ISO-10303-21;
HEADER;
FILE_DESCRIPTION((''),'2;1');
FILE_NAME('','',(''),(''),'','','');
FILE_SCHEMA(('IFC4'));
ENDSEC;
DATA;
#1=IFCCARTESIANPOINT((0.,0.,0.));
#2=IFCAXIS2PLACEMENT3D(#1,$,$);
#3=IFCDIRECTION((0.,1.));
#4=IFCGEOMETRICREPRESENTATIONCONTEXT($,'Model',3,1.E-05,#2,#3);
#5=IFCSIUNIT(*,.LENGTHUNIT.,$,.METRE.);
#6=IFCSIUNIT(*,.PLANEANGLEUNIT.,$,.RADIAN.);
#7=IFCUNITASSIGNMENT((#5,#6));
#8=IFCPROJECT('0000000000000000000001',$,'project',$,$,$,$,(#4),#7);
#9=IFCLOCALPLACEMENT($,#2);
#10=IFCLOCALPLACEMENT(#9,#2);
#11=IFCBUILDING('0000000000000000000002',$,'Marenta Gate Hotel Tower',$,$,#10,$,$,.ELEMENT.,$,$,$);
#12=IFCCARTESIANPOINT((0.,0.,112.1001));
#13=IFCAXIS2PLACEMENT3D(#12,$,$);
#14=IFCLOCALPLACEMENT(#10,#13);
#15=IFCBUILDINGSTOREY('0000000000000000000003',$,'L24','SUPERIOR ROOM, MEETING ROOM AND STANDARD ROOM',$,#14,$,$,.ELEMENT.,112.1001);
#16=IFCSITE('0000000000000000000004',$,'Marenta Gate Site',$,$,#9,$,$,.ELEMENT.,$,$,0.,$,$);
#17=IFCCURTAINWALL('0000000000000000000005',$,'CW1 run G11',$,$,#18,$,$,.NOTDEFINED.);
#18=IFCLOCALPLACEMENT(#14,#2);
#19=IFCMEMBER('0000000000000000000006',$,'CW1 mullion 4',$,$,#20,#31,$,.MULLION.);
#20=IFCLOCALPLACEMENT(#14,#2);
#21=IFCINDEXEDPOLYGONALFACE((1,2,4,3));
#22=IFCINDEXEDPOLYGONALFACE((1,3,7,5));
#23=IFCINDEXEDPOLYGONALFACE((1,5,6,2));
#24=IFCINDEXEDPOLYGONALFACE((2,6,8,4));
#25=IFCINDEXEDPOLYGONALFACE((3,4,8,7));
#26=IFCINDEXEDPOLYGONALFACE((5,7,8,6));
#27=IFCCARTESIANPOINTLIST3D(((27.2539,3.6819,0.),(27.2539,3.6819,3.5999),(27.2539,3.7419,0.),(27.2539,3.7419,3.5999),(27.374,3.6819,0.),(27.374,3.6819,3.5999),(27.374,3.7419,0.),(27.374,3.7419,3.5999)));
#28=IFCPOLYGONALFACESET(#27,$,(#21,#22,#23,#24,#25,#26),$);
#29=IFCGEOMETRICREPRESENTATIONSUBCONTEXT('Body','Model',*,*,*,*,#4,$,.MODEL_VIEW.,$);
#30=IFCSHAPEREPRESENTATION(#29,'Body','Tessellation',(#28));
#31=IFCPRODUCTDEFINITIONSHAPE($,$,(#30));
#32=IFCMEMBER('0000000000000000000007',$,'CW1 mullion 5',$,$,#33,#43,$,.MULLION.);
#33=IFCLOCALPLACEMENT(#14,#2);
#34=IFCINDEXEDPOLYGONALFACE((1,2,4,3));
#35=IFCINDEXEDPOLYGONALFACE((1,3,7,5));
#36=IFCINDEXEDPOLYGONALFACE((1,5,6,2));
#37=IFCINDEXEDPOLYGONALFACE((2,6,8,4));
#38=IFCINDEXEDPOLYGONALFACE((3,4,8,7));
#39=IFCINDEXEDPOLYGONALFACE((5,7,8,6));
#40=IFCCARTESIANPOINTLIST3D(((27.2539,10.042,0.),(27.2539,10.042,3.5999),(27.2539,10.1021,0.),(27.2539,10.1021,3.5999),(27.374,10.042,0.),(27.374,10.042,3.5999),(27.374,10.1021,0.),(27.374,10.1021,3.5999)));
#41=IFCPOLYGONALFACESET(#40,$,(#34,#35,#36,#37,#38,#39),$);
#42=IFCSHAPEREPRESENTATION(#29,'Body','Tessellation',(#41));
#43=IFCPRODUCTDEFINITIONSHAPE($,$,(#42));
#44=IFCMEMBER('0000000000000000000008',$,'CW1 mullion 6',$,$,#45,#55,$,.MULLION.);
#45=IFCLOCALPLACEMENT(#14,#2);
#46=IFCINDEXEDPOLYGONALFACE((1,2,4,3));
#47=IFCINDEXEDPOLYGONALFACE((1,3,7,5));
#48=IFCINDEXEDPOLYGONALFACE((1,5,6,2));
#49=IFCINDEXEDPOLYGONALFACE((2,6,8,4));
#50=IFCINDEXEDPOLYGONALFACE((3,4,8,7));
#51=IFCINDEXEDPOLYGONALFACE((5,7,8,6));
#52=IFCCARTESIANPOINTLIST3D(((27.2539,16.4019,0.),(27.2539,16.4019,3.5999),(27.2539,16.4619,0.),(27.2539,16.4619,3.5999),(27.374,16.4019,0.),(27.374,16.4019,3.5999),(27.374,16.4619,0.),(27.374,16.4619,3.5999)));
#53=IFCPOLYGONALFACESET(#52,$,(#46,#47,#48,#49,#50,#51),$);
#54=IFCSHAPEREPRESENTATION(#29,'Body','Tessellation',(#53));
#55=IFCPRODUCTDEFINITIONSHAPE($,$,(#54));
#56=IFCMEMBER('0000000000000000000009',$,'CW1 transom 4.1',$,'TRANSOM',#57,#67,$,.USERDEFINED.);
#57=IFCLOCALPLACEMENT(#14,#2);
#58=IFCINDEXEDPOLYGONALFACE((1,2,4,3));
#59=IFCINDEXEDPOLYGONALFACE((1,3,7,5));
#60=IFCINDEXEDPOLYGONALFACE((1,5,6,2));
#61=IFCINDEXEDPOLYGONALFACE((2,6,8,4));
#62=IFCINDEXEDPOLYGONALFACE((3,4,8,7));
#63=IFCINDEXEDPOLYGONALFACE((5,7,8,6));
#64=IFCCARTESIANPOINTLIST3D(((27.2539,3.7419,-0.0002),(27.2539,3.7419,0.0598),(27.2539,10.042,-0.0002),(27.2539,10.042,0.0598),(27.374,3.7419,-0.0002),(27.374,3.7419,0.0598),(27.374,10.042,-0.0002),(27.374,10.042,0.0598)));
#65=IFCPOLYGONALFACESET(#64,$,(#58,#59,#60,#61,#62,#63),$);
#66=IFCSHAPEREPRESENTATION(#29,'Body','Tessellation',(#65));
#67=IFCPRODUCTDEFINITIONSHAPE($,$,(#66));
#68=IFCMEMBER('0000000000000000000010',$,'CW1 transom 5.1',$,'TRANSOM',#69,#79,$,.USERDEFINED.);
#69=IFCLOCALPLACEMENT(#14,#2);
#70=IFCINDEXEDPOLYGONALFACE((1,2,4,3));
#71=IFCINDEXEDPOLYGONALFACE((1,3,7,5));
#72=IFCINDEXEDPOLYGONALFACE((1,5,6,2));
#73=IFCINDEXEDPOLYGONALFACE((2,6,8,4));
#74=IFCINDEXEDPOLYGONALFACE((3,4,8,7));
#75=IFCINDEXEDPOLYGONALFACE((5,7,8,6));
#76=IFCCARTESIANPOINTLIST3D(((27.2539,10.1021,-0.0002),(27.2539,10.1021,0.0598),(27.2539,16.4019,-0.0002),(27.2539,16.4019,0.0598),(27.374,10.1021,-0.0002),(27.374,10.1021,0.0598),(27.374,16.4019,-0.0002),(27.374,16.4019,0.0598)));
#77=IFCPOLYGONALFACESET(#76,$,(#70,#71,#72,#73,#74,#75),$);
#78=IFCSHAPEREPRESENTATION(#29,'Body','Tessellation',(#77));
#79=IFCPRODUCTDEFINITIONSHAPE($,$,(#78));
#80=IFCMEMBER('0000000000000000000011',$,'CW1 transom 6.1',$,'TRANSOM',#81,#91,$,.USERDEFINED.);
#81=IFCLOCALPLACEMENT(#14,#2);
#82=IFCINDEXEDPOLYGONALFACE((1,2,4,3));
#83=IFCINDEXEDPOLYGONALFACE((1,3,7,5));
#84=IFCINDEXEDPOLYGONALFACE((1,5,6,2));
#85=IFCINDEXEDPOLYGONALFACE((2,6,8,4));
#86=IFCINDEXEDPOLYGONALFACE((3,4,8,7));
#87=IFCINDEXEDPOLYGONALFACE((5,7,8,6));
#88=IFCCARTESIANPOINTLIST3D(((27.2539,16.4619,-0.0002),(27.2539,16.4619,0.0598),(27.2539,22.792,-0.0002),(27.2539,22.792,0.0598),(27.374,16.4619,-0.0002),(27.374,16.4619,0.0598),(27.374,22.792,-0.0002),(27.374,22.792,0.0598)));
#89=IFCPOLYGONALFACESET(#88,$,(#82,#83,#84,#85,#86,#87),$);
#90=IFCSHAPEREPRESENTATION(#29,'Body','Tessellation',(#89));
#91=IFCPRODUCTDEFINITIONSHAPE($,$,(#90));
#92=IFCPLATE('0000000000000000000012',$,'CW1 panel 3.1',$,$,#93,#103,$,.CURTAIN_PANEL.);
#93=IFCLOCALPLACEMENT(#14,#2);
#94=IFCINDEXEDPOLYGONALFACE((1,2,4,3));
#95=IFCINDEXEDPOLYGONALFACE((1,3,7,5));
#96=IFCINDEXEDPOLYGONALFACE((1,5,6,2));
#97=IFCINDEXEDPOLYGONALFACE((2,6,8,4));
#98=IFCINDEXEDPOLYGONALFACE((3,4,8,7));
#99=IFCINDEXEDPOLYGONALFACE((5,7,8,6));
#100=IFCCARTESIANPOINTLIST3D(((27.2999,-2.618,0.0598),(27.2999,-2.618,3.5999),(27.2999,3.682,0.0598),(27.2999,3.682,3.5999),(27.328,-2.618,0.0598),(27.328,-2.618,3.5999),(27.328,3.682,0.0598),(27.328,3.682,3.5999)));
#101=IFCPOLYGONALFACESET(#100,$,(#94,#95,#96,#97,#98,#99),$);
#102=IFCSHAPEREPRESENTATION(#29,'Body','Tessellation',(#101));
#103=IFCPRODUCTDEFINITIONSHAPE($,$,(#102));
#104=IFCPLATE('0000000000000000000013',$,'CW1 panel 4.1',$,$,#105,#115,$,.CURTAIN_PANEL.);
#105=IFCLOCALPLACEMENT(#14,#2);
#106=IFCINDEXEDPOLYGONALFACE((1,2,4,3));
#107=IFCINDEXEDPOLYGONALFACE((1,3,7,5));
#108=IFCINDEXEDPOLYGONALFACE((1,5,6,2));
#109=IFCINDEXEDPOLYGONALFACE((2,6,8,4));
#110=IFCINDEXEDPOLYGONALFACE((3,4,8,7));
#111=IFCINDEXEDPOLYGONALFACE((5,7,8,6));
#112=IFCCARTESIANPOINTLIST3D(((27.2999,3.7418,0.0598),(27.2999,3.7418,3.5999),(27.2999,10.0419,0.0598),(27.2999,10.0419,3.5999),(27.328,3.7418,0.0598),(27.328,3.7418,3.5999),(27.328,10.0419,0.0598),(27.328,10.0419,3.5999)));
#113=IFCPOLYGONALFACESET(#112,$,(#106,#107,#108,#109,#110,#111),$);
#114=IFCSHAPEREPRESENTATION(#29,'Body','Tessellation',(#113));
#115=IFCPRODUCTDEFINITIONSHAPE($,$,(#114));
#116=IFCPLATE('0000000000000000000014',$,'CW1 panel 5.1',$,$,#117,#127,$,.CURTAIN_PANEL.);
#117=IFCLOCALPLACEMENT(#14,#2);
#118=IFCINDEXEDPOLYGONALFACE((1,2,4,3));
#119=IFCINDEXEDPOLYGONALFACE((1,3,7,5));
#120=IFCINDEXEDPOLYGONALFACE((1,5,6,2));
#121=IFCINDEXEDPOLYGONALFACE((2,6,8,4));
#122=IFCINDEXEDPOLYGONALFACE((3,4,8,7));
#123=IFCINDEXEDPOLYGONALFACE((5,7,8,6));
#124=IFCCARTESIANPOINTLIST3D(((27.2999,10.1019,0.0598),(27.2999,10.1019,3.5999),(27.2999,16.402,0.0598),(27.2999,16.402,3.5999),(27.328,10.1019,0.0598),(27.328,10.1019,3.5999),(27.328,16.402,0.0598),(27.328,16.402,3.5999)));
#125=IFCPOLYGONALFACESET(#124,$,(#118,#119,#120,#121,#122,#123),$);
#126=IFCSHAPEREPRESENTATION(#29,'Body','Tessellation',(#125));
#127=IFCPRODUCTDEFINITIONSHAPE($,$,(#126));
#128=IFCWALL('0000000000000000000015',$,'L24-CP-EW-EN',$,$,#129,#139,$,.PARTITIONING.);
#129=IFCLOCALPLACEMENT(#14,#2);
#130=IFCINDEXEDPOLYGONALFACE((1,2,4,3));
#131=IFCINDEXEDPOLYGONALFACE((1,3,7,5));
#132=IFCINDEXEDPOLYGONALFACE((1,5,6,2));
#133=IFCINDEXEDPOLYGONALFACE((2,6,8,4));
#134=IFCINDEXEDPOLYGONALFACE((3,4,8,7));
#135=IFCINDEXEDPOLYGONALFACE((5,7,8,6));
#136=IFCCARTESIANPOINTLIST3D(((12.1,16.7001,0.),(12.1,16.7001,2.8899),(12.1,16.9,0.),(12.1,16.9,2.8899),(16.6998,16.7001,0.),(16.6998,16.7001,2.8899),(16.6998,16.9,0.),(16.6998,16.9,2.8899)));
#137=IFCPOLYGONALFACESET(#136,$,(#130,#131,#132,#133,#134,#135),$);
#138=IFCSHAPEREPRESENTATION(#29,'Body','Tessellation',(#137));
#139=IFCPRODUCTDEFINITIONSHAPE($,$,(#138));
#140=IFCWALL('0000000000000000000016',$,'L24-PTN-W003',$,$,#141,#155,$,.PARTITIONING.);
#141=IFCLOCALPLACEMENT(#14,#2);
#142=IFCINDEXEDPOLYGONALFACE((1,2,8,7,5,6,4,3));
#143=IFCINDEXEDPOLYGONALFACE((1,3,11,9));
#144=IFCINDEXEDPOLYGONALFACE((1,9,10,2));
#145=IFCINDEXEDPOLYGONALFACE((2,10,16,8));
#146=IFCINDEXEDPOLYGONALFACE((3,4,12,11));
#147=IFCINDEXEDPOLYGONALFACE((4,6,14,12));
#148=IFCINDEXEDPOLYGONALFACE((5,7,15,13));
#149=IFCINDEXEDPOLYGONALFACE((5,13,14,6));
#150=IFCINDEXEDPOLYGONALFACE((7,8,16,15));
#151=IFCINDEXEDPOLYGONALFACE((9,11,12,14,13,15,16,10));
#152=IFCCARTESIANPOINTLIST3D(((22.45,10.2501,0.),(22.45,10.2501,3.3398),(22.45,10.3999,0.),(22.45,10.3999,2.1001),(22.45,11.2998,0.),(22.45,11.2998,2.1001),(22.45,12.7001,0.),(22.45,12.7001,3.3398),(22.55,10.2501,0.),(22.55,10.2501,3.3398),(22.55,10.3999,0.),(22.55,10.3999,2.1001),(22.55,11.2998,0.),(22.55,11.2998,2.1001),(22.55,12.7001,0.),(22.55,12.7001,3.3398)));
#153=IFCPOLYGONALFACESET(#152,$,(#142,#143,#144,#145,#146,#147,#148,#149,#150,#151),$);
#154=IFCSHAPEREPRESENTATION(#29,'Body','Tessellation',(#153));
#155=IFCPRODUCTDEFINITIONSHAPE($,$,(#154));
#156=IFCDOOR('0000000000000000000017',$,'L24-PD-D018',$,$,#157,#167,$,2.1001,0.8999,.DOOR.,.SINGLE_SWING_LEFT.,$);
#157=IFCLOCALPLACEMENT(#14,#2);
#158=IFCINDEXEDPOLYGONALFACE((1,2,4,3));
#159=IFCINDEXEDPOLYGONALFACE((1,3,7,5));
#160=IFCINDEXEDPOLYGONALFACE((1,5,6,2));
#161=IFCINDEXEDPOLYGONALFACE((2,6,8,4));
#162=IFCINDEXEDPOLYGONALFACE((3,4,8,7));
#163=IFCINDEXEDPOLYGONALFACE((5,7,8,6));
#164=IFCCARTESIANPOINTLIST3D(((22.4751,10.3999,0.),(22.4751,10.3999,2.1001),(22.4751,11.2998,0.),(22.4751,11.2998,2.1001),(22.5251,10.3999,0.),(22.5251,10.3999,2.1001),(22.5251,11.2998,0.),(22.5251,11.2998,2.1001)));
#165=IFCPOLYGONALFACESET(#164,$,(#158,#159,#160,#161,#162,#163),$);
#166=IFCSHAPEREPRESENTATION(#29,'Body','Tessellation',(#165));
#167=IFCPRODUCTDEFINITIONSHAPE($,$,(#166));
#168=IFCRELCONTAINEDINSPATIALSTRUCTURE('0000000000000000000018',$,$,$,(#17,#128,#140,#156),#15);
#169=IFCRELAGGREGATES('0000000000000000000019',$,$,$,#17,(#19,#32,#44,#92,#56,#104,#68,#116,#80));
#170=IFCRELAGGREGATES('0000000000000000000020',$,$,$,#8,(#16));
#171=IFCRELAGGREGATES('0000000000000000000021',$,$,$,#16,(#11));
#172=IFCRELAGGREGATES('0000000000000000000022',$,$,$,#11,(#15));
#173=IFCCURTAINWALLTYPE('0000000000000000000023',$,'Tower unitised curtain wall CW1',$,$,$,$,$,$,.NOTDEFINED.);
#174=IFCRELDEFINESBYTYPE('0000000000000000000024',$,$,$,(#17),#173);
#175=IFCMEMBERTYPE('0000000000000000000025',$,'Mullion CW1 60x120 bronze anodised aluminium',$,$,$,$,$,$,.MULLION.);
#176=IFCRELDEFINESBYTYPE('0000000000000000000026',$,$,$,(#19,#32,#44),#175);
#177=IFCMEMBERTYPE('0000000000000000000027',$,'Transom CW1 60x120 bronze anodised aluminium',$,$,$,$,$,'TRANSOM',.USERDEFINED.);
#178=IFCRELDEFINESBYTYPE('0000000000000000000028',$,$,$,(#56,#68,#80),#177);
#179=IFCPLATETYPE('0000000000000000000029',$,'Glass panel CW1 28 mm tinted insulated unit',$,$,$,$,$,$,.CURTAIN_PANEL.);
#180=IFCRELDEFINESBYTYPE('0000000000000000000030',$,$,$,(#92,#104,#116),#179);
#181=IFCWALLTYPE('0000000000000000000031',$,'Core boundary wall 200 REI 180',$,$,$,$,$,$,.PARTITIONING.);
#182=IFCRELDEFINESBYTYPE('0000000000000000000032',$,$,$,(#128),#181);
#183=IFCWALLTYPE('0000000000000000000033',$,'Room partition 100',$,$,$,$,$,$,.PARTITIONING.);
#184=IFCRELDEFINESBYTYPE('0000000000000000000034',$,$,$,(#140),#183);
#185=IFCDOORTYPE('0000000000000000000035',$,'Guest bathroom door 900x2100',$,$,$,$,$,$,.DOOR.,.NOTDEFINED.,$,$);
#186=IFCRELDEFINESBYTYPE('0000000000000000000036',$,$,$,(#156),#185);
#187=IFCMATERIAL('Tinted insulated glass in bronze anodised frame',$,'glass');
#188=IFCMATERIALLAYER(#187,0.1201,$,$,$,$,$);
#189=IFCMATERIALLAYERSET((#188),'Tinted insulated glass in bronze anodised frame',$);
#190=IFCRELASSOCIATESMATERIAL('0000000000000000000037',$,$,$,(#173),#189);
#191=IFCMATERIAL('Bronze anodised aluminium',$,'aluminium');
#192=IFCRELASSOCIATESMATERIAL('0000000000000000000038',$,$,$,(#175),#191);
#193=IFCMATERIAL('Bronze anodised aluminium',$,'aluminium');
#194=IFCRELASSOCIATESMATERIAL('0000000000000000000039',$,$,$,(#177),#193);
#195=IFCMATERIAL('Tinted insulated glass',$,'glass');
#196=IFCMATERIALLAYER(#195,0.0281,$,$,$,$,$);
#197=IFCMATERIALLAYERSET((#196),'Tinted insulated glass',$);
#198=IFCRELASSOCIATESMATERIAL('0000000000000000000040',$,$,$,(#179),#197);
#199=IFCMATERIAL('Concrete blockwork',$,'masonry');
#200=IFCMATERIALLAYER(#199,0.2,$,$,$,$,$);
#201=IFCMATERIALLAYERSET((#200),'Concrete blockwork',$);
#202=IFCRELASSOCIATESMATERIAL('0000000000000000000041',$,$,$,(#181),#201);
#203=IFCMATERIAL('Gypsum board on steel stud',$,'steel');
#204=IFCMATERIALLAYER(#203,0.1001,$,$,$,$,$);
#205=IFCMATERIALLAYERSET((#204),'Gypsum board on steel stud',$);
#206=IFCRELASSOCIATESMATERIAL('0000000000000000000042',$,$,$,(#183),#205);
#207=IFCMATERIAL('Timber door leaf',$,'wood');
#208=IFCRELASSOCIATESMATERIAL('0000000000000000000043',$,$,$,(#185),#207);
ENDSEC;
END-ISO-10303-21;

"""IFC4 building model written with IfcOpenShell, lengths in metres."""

from ifc_helpers import new_model, si_unit, direction, frame, frame_2d, origin, origin_2d, place, context, subcontext, project, spatial, rectangle, extrude, material, layer, layer_set, material_profile, profile_set, type_object, element, fill, aggregate, save


model = new_model("IFC4")

# Units and contexts
model_context = context("Model", 3, precision=1e-05, world=origin(), true_north=direction((0.0, 1.0)))
body_context = subcontext(model_context, "Body", "Model", "MODEL_VIEW")
ifc_project = project(units=[si_unit("LENGTHUNIT", "METRE"), si_unit("PLANEANGLEUNIT", "RADIAN")], contexts=[model_context])

# Site, building, storey
site_placement = place(None, origin())
site = spatial("IfcSite", under=ifc_project, at=site_placement, Name="Marenta Gate Site", CompositionType="ELEMENT", RefElevation=0.0)
building_placement = place(site_placement, origin())
building = spatial("IfcBuilding", under=site, at=building_placement, Name="Marenta Gate Hotel Tower", CompositionType="ELEMENT")
storey_placement = place(building_placement, frame((0.0, 0.0, 112.1001)))
storey = spatial("IfcBuildingStorey", under=building, at=storey_placement, Name="L24", Description="SUPERIOR ROOM, MEETING ROOM AND STANDARD ROOM", CompositionType="ELEMENT", Elevation=112.1001)

# Curtain wall, members, plates
ifc_material_1 = material(Name="Tinted insulated glass in bronze anodised frame", Category="glass")
ifc_layer_1 = layer(ifc_material_1, 0.1201)
ifc_layer_set_1 = layer_set([ifc_layer_1], Name="Tinted insulated glass in bronze anodised frame")
curtain_wall_type = type_object("IfcCurtainWallType", Name="Tower unitised curtain wall CW1", PredefinedType="NOTDEFINED", material=ifc_layer_set_1)
curtain_wall_placement = place(storey_placement, origin())
curtain_wall = element("IfcCurtainWall", 1, at=curtain_wall_placement, inside=storey, type_object=curtain_wall_type, Name="CW1 run G11", PredefinedType="NOTDEFINED")
ifc_material_2 = material(Name="Bronze anodised aluminium", Category="aluminium")
ifc_material_profile_1 = material_profile(ifc_material_2, rectangle(XDim=0.1201, YDim=0.0601, at=origin_2d()), Name="Mullion CW1 60x120 bronze anodised aluminium")
ifc_profile_set_1 = profile_set([ifc_material_profile_1], Name="Bronze anodised aluminium")
member_type_1 = type_object("IfcMemberType", Name="Mullion CW1 60x120 bronze anodised aluminium", PredefinedType="MULLION", material=ifc_profile_set_1)
member_1_placement = place(storey_placement, frame((27.314, 3.7119, 0.0), z_axis=(0.0, 0.0, 1.0), x_axis=(-1.0, 0.0, 0.0)))
member_1 = element("IfcMember", 2, at=member_1_placement, type_object=member_type_1, Name="CW1 mullion 4", PredefinedType="MULLION", context=body_context, shape_type="SweptSolid", body=[
    extrude(rectangle(XDim=0.1201, YDim=0.0601, at=origin_2d()), origin(), (0.0, 0.0, 1.0), 3.5999),
])
member_2_placement = place(storey_placement, frame((27.314, 10.072, 0.0), z_axis=(0.0, 0.0, 1.0), x_axis=(-1.0, 0.0, 0.0)))
member_2 = element("IfcMember", 3, at=member_2_placement, type_object=member_type_1, Name="CW1 mullion 5", PredefinedType="MULLION", context=body_context, shape_type="SweptSolid", body=[
    extrude(rectangle(XDim=0.1201, YDim=0.0601, at=origin_2d()), origin(), (0.0, 0.0, 1.0), 3.5999),
])
member_3_placement = place(storey_placement, frame((27.314, 16.4319, 0.0), z_axis=(0.0, 0.0, 1.0), x_axis=(-1.0, 0.0, 0.0)))
member_3 = element("IfcMember", 4, at=member_3_placement, type_object=member_type_1, Name="CW1 mullion 6", PredefinedType="MULLION", context=body_context, shape_type="SweptSolid", body=[
    extrude(rectangle(XDim=0.1201, YDim=0.0601, at=origin_2d()), origin(), (0.0, 0.0, 1.0), 3.5999),
])
ifc_material_3 = material(Name="Bronze anodised aluminium", Category="aluminium")
ifc_material_profile_2 = material_profile(ifc_material_3, rectangle(XDim=0.1201, YDim=0.0601, at=origin_2d()), Name="Transom CW1 60x120 bronze anodised aluminium")
ifc_profile_set_2 = profile_set([ifc_material_profile_2], Name="Bronze anodised aluminium")
member_type_2 = type_object("IfcMemberType", Name="Transom CW1 60x120 bronze anodised aluminium", ElementType="TRANSOM", PredefinedType="USERDEFINED", material=ifc_profile_set_2)
member_4_placement = place(storey_placement, frame((27.314, 3.7419, 0.0298), z_axis=(0.0, 1.0, 0.0), x_axis=(-1.0, 0.0, 0.0)))
member_4 = element("IfcMember", 5, at=member_4_placement, type_object=member_type_2, Name="CW1 transom 4.1", ObjectType="TRANSOM", PredefinedType="USERDEFINED", context=body_context, shape_type="SweptSolid", body=[
    extrude(rectangle(XDim=0.1201, YDim=0.0601, at=origin_2d()), origin(), (0.0, 0.0, 1.0), 6.3),
])
member_5_placement = place(storey_placement, frame((27.314, 10.1021, 0.0298), z_axis=(0.0, 1.0, 0.0), x_axis=(-1.0, 0.0, 0.0)))
member_5 = element("IfcMember", 6, at=member_5_placement, type_object=member_type_2, Name="CW1 transom 5.1", ObjectType="TRANSOM", PredefinedType="USERDEFINED", context=body_context, shape_type="SweptSolid", body=[
    extrude(rectangle(XDim=0.1201, YDim=0.0601, at=origin_2d()), origin(), (0.0, 0.0, 1.0), 6.2998),
])
member_6_placement = place(storey_placement, frame((27.314, 16.4619, 0.0298), z_axis=(0.0, 1.0, 0.0), x_axis=(-1.0, 0.0, 0.0)))
member_6 = element("IfcMember", 7, at=member_6_placement, type_object=member_type_2, Name="CW1 transom 6.1", ObjectType="TRANSOM", PredefinedType="USERDEFINED", context=body_context, shape_type="SweptSolid", body=[
    extrude(rectangle(XDim=0.1201, YDim=0.0601, at=origin_2d()), origin(), (0.0, 0.0, 1.0), 6.3301),
])
ifc_material_4 = material(Name="Tinted insulated glass", Category="glass")
ifc_layer_2 = layer(ifc_material_4, 0.0281)
ifc_layer_set_2 = layer_set([ifc_layer_2], Name="Tinted insulated glass")
plate_type = type_object("IfcPlateType", Name="Glass panel CW1 28 mm tinted insulated unit", PredefinedType="CURTAIN_PANEL", material=ifc_layer_set_2)
plate_1_placement = place(storey_placement, frame((27.314, 0.532, 0.0598), z_axis=(0.0, 0.0, 1.0), x_axis=(0.0, 1.0, 0.0)))
plate_1 = element("IfcPlate", 8, at=plate_1_placement, type_object=plate_type, Name="CW1 panel 3.1", PredefinedType="CURTAIN_PANEL", context=body_context, shape_type="SweptSolid", body=[
    extrude(rectangle(XDim=6.3, YDim=0.0281, at=origin_2d()), origin(), (0.0, 0.0, 1.0), 3.54),
])
plate_2_placement = place(storey_placement, frame((27.314, 6.8918, 0.0598), z_axis=(0.0, 0.0, 1.0), x_axis=(0.0, 1.0, 0.0)))
plate_2 = element("IfcPlate", 9, at=plate_2_placement, type_object=plate_type, Name="CW1 panel 4.1", PredefinedType="CURTAIN_PANEL", context=body_context, shape_type="SweptSolid", body=[
    extrude(rectangle(XDim=6.3, YDim=0.0281, at=origin_2d()), origin(), (0.0, 0.0, 1.0), 3.54),
])
plate_3_placement = place(storey_placement, frame((27.314, 13.252, 0.0598), z_axis=(0.0, 0.0, 1.0), x_axis=(0.0, 1.0, 0.0)))
plate_3 = element("IfcPlate", 10, at=plate_3_placement, type_object=plate_type, Name="CW1 panel 5.1", PredefinedType="CURTAIN_PANEL", context=body_context, shape_type="SweptSolid", body=[
    extrude(rectangle(XDim=6.3, YDim=0.0281, at=origin_2d()), origin(), (0.0, 0.0, 1.0), 3.54),
])
aggregate(curtain_wall, [member_1, member_2, member_3, plate_1, member_4, plate_2, member_5, plate_3, member_6])

# Wall
ifc_material_5 = material(Name="Concrete blockwork", Category="masonry")
ifc_layer_3 = layer(ifc_material_5, 0.2)
ifc_layer_set_3 = layer_set([ifc_layer_3], Name="Concrete blockwork")
wall_type_1 = type_object("IfcWallType", Name="Core boundary wall 200 REI 180", PredefinedType="PARTITIONING", material=ifc_layer_set_3)
wall_1_placement = place(storey_placement, frame((12.1001, 16.8, 0.0), z_axis=(0.0, 0.0, 1.0), x_axis=(1.0, 0.0, 0.0)))
element("IfcWall", 11, at=wall_1_placement, inside=storey, type_object=wall_type_1, Name="L24-CP-EW-EN", PredefinedType="PARTITIONING", context=body_context, shape_type="SweptSolid", body=[
    extrude(rectangle(XDim=4.5999, YDim=0.2, at=frame_2d((2.2998, 0.0))), origin(), (0.0, 0.0, 1.0), 2.8899),
])

# Wall, opening, door
ifc_material_6 = material(Name="Gypsum board on steel stud", Category="steel")
ifc_layer_4 = layer(ifc_material_6, 0.1001)
ifc_layer_set_4 = layer_set([ifc_layer_4], Name="Gypsum board on steel stud")
wall_type_2 = type_object("IfcWallType", Name="Room partition 100", PredefinedType="PARTITIONING", material=ifc_layer_set_4)
wall_2_placement = place(storey_placement, frame((22.5, 10.25, 0.0), z_axis=(0.0, 0.0, 1.0), x_axis=(0.0, 1.0, 0.0)))
wall_2 = element("IfcWall", 12, at=wall_2_placement, inside=storey, type_object=wall_type_2, Name="L24-PTN-W003", PredefinedType="PARTITIONING", context=body_context, shape_type="SweptSolid", body=[
    extrude(rectangle(XDim=2.45, YDim=0.1001, at=frame_2d((1.2251, 0.0))), origin(), (0.0, 0.0, 1.0), 3.3398),
])
opening_1_placement = place(wall_2_placement, frame((0.1499, 0.0, 0.0)))
opening_1 = element("IfcOpeningElement", 13, at=opening_1_placement, cuts=wall_2, PredefinedType="OPENING", context=body_context, shape_type="SweptSolid", body=[
    extrude(rectangle(XDim=0.8999, YDim=2.1001, at=frame_2d((0.45, 1.05))), frame((0.0, 0.05, 0.0), z_axis=(0.0, -1.0, 0.0), x_axis=(1.0, 0.0, 0.0)), (0.0, 0.0, 1.0), 0.1001),
])
ifc_material_7 = material(Name="Timber door leaf", Category="wood")
door_type = type_object("IfcDoorType", Name="Guest bathroom door 900x2100", OperationType="NOTDEFINED", PredefinedType="DOOR", material=ifc_material_7)
door_1_placement = place(opening_1_placement, origin())
door_1 = element("IfcDoor", 14, at=door_1_placement, inside=storey, type_object=door_type, Name="L24-PD-D018", OperationType="SINGLE_SWING_LEFT", OverallHeight=2.1001, OverallWidth=0.8999, PredefinedType="DOOR", context=body_context, shape_type="SweptSolid", body=[
    extrude(rectangle(XDim=0.8999, YDim=2.1001, at=frame_2d((0.45, 1.05))), frame((0.0, 0.0249, 0.0), z_axis=(0.0, -1.0, 0.0), x_axis=(1.0, 0.0, 0.0)), (0.0, 0.0, 1.0), 0.05),
])
fill(opening_1, door_1)

save(model, "model.ifc")
